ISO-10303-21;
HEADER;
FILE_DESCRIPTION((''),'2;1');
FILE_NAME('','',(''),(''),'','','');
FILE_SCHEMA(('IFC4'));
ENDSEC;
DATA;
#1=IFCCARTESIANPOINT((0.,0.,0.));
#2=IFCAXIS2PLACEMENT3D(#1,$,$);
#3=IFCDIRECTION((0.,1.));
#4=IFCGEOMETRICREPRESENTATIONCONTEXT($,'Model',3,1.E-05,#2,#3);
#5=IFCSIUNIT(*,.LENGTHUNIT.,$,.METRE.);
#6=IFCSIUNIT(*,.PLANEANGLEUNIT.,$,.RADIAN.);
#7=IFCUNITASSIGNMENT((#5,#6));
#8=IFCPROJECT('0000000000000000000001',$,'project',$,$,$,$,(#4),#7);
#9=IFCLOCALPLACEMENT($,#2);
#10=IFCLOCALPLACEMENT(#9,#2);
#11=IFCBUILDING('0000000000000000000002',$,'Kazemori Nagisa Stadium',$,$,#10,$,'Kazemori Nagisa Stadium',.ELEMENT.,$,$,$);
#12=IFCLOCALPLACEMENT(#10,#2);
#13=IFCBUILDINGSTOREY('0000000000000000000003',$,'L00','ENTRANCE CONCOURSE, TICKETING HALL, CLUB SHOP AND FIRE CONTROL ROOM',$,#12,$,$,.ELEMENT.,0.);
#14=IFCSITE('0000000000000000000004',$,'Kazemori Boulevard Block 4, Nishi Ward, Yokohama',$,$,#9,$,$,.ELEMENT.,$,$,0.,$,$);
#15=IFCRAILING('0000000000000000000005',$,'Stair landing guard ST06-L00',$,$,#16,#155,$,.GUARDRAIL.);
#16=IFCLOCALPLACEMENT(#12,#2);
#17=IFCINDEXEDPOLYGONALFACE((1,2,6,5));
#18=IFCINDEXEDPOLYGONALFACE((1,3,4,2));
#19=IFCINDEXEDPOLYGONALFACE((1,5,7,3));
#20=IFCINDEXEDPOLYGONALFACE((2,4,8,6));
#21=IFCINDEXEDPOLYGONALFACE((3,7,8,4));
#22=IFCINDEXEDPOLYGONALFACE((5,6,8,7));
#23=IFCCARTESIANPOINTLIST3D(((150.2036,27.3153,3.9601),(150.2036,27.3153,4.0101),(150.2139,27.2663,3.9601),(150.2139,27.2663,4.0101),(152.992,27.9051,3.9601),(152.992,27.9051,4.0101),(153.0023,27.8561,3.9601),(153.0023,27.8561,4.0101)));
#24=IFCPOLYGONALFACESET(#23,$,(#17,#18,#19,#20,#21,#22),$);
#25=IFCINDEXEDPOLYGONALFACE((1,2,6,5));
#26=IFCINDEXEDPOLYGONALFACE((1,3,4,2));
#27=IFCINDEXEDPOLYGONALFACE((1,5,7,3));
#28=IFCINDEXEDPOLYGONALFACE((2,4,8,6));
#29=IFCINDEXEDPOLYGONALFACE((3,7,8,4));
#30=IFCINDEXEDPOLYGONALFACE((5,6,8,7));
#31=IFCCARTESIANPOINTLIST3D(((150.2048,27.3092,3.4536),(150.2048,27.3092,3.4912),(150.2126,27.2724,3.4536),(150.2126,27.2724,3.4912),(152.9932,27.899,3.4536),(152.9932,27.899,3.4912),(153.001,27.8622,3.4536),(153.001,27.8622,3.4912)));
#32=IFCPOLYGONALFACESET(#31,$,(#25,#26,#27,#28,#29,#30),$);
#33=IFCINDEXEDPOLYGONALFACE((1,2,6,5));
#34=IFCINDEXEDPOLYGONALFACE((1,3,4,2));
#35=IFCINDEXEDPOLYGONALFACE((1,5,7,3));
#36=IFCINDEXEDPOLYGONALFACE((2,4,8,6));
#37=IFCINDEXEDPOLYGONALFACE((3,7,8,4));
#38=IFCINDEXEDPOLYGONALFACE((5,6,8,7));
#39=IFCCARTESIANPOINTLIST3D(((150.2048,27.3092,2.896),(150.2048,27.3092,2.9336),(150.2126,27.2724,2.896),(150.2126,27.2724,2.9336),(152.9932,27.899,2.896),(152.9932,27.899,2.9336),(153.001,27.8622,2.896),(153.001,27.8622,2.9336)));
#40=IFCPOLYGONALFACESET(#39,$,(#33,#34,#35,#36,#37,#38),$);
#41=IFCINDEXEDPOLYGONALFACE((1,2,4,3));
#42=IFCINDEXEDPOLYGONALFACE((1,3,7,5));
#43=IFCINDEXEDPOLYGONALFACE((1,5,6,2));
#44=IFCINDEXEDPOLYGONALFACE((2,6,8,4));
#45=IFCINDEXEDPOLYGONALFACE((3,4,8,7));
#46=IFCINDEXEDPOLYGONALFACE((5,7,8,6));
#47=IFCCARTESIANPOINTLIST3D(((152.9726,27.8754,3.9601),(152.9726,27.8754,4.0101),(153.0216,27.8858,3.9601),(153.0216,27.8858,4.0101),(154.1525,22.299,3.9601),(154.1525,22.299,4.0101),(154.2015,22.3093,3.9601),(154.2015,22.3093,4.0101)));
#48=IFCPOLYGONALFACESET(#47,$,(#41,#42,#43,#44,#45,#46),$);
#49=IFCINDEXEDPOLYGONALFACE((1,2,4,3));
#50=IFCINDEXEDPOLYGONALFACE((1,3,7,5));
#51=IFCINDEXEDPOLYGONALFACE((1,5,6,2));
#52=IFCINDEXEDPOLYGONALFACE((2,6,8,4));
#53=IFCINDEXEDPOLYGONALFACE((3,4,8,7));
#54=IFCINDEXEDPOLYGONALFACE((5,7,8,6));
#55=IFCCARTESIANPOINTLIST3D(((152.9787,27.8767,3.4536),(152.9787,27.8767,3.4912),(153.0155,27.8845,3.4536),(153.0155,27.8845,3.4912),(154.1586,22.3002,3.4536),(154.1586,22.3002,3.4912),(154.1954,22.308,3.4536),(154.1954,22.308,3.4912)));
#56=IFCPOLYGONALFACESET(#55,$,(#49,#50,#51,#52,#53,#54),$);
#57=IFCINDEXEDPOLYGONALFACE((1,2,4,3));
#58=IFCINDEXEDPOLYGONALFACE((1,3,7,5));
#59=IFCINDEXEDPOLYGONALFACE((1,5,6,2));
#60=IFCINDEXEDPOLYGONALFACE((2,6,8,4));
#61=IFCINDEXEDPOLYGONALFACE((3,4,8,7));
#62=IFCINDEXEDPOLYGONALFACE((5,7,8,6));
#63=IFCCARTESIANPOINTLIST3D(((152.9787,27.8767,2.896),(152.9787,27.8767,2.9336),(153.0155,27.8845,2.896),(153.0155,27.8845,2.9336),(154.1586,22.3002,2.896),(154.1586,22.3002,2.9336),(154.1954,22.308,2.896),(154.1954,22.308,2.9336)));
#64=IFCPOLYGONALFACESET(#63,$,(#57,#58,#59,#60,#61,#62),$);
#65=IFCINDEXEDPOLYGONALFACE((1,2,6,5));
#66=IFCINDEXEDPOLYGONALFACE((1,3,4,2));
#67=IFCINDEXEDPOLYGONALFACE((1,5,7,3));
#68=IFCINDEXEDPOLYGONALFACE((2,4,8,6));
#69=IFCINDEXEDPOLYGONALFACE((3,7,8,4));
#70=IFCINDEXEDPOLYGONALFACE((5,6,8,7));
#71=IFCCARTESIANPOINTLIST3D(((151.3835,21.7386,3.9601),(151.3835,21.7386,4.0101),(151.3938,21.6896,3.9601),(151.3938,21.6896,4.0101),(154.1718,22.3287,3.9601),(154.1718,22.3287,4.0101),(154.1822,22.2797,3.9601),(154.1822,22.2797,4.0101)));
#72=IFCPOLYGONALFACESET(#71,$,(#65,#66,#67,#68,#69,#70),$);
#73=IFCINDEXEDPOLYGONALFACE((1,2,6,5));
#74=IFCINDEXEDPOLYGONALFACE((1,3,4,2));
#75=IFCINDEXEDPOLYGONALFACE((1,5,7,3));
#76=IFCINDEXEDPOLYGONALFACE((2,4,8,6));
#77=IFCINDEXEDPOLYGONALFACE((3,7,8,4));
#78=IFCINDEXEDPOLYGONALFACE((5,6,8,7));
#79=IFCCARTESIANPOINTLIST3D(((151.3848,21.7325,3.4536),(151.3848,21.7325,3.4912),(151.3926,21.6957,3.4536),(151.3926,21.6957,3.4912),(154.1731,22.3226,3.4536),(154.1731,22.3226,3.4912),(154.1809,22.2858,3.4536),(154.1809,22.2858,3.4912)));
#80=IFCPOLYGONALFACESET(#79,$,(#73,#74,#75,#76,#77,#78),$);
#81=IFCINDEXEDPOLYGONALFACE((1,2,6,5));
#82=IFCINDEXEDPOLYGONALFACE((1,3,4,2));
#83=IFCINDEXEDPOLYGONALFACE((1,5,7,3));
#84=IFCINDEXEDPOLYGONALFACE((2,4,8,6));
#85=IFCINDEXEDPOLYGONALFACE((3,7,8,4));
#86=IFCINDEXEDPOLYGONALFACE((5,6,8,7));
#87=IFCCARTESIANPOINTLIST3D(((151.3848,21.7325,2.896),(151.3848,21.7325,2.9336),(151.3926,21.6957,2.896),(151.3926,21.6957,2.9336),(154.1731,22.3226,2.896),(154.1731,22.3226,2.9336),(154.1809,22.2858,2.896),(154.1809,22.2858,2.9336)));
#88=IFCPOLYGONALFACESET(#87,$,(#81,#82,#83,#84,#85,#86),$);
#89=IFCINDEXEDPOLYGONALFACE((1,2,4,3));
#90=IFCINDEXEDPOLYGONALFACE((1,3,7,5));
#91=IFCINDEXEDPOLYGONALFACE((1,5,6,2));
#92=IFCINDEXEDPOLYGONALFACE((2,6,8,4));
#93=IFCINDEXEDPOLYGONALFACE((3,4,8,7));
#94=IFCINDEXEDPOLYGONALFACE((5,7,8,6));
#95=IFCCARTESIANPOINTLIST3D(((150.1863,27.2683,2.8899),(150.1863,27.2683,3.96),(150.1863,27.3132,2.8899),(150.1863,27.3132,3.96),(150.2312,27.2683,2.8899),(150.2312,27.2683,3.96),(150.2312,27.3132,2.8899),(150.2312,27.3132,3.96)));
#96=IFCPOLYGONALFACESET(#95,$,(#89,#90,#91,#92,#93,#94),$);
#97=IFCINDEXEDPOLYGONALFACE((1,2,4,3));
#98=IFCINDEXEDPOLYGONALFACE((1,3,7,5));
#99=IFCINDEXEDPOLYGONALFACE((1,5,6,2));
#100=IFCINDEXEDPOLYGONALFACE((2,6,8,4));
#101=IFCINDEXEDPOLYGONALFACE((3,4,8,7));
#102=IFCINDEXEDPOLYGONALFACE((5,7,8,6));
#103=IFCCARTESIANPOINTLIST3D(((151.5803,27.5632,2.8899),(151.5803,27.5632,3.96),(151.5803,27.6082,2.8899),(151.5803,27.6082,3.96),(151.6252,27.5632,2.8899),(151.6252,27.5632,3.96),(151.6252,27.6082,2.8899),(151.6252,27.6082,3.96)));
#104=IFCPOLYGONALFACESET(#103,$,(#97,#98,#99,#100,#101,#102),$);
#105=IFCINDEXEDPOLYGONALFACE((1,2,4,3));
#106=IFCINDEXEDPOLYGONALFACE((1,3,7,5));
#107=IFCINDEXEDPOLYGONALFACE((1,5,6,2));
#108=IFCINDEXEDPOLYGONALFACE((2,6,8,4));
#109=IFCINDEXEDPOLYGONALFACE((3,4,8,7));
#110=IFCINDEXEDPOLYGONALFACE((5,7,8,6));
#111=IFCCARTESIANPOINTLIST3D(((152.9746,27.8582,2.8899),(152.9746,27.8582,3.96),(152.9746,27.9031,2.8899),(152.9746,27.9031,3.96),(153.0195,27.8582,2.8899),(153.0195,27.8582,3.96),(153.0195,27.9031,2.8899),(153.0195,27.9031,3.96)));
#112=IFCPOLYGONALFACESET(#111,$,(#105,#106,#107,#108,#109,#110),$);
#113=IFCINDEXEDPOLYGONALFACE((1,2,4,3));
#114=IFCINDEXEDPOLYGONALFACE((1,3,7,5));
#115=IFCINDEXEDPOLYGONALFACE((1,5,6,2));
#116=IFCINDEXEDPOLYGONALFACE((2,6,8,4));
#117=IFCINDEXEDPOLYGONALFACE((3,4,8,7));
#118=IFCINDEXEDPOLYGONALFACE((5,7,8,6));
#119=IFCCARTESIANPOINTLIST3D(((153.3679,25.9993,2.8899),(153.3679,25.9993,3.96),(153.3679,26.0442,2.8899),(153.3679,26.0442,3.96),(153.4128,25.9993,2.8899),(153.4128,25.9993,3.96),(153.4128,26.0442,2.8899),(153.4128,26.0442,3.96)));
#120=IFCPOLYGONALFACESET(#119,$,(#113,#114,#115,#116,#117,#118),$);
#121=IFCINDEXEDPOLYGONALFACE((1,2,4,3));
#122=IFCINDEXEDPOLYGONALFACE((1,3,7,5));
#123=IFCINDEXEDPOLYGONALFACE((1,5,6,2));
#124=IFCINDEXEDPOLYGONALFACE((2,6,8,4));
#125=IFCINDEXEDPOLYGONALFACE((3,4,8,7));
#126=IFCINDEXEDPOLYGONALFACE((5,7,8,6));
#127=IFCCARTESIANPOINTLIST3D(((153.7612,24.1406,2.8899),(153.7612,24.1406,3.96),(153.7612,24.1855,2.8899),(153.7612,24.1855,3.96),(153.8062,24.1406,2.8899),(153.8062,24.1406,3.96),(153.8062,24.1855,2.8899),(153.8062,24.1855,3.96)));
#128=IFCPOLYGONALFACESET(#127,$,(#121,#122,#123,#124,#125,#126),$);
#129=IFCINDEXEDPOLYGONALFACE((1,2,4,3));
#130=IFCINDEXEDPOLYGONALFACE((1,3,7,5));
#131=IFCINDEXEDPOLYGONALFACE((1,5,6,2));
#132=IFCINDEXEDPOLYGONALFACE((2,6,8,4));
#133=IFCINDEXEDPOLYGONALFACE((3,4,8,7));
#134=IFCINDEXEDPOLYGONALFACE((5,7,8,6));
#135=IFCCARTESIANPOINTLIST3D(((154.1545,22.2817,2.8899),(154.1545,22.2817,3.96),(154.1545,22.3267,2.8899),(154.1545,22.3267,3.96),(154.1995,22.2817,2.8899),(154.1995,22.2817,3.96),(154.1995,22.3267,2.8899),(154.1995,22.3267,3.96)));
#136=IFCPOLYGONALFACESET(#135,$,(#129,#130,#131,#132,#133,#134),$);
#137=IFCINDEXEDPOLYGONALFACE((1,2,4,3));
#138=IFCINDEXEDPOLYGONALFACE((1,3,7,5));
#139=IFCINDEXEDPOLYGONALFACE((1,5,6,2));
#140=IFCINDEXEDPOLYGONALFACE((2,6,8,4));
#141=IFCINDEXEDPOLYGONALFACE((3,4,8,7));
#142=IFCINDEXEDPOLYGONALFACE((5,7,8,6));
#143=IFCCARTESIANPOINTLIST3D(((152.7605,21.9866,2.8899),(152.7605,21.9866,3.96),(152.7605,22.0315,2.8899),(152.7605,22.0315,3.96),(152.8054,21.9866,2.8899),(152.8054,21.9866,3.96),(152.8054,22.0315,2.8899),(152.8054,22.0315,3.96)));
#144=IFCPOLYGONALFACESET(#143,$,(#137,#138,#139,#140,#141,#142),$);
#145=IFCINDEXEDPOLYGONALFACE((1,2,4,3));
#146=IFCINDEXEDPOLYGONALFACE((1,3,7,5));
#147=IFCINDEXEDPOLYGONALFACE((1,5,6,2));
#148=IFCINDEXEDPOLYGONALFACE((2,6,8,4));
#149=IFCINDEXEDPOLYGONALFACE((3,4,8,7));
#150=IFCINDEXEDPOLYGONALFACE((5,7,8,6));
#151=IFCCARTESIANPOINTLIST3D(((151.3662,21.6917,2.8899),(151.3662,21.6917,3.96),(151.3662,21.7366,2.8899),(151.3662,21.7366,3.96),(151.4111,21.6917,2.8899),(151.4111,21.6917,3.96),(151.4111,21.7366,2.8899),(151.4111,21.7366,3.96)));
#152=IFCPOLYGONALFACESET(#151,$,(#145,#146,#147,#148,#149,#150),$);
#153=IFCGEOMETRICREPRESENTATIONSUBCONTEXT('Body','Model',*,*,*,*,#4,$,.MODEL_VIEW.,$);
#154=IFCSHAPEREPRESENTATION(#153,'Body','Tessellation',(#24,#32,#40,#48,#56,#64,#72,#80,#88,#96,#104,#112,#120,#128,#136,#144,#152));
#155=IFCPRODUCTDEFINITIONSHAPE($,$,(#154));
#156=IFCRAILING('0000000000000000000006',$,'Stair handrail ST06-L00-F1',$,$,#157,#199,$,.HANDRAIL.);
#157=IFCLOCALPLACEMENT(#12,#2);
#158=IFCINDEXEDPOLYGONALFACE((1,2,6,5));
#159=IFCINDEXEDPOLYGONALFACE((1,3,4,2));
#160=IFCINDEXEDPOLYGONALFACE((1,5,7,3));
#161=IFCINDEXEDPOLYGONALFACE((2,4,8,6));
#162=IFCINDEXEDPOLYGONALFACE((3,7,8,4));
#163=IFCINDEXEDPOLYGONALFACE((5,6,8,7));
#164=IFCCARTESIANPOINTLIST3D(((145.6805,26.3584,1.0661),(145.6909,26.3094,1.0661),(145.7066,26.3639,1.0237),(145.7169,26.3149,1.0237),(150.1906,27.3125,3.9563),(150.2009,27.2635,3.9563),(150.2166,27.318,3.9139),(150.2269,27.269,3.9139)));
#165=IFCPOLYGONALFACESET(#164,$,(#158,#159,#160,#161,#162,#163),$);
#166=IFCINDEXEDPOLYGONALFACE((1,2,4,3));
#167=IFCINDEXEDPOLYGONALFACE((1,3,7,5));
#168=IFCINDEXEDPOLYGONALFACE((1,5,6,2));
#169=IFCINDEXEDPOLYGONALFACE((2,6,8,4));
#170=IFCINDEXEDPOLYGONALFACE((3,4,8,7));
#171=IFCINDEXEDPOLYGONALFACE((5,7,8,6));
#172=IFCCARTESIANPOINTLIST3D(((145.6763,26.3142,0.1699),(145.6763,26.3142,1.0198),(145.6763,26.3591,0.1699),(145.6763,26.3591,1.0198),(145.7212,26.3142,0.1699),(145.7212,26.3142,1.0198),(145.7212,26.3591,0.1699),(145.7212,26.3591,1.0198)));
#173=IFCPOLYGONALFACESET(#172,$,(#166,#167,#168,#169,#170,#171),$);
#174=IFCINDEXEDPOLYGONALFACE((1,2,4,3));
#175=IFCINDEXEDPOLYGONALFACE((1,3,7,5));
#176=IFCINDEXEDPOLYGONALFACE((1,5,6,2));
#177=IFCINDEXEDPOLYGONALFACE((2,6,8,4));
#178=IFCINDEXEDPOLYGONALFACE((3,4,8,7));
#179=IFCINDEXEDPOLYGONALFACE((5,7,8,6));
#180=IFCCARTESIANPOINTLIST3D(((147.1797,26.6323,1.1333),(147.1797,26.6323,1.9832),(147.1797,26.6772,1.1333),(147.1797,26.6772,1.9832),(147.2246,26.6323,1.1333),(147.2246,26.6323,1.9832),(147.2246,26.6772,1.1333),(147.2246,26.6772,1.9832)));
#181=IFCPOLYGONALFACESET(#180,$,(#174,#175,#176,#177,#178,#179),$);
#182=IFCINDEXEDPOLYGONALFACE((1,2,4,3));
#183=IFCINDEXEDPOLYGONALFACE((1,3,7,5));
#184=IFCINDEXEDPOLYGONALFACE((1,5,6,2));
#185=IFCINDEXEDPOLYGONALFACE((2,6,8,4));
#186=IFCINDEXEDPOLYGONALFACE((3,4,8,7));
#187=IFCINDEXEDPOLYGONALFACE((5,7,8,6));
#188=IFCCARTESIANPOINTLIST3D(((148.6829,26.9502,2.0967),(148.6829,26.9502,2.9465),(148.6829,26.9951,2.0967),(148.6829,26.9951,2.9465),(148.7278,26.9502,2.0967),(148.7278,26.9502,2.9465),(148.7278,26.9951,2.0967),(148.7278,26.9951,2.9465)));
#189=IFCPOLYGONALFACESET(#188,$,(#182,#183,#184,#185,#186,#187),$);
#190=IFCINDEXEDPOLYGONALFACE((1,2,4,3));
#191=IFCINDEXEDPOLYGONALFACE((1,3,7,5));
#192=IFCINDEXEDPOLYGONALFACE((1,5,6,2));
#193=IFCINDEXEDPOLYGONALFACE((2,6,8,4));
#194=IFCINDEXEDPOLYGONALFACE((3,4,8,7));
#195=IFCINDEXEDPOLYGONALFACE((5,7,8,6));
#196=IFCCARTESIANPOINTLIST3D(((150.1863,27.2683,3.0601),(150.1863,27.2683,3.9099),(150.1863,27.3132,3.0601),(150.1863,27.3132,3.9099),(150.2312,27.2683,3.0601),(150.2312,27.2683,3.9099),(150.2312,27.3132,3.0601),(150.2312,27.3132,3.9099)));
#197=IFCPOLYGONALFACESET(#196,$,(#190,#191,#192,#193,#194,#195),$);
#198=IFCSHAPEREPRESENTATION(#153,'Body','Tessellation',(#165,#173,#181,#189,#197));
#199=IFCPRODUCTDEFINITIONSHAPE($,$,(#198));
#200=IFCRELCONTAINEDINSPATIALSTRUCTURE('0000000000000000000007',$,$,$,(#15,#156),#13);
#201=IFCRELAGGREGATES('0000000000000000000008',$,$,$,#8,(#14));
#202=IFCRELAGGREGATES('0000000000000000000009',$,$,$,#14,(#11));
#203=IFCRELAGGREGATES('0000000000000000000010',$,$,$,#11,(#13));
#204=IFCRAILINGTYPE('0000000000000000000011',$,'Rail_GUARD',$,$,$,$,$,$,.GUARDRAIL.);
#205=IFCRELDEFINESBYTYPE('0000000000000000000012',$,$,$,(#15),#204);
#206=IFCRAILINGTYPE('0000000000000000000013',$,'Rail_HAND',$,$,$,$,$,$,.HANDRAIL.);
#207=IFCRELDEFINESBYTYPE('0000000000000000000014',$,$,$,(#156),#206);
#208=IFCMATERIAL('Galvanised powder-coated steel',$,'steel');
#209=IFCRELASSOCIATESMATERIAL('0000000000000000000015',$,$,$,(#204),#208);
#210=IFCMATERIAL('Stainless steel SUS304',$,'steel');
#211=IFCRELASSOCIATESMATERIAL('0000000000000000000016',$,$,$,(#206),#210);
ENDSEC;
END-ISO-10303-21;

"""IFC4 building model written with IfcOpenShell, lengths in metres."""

from ifc_helpers import new_model, si_unit, direction, frame, origin, origin_2d, place, context, subcontext, project, spatial, rectangle, extrude, material, type_object, element, save


model = new_model("IFC4")

# Units and contexts
model_context = context("Model", 3, precision=1e-05, world=origin(), true_north=direction((0.0, 1.0)))
body_context = subcontext(model_context, "Body", "Model", "MODEL_VIEW")
ifc_project = project(units=[si_unit("LENGTHUNIT", "METRE"), si_unit("PLANEANGLEUNIT", "RADIAN")], contexts=[model_context])

# Site, building, storey
site_placement = place(None, origin())
site = spatial("IfcSite", under=ifc_project, at=site_placement, Name="Kazemori Boulevard Block 4, Nishi Ward, Yokohama", CompositionType="ELEMENT", RefElevation=0.0)
building_placement = place(site_placement, origin())
building = spatial("IfcBuilding", under=site, at=building_placement, Name="Kazemori Nagisa Stadium", LongName="Kazemori Nagisa Stadium", CompositionType="ELEMENT")
storey_placement = place(building_placement, origin())
storey = spatial("IfcBuildingStorey", under=building, at=storey_placement, Name="L00", Description="ENTRANCE CONCOURSE, TICKETING HALL, CLUB SHOP AND FIRE CONTROL ROOM", CompositionType="ELEMENT", Elevation=0.0)

# Shared definitions
ifc_material_1 = material(Name="Stainless steel SUS304", Category="steel")

# Railings
ifc_material_2 = material(Name="Galvanised powder-coated steel", Category="steel")
railing_type_1 = type_object("IfcRailingType", Name="Rail_GUARD", PredefinedType="GUARDRAIL", material=ifc_material_2)
railing_1_placement = place(storey_placement, frame((150.2087, 27.2908, 2.8899)))
element("IfcRailing", 1, at=railing_1_placement, inside=storey, type_object=railing_type_1, Name="Stair landing guard ST06-L00", PredefinedType="GUARDRAIL", context=body_context, shape_type="SweptSolid", body=[
    extrude(rectangle(XDim=0.05, YDim=0.05, at=origin_2d()), frame((0.0, 0.0, 1.0952), z_axis=(0.978349, 0.20696, 0.0), x_axis=(-0.20696, 0.978349, 0.0)), (0.0, 0.0, 1.0), 2.8501),
    extrude(rectangle(XDim=0.0376, YDim=0.0376, at=origin_2d()), frame((0.0, 0.0, 0.5825), z_axis=(0.978349, 0.20696, 0.0), x_axis=(-0.20696, 0.978349, 0.0)), (0.0, 0.0, 1.0), 2.8501),
    extrude(rectangle(XDim=0.0376, YDim=0.0376, at=origin_2d()), frame((0.0, 0.0, 0.0249), z_axis=(0.978349, 0.20696, 0.0), x_axis=(-0.20696, 0.978349, 0.0)), (0.0, 0.0, 1.0), 2.8501),
    extrude(rectangle(XDim=0.05, YDim=0.05, at=origin_2d()), frame((2.7883, 0.5898, 1.0952), z_axis=(0.20701, -0.978339, 0.0), x_axis=(0.978339, 0.20701, 0.0)), (0.0, 0.0, 1.0), 5.7),
    extrude(rectangle(XDim=0.0376, YDim=0.0376, at=origin_2d()), frame((2.7883, 0.5898, 0.5825), z_axis=(0.20701, -0.978339, 0.0), x_axis=(0.978339, 0.20701, 0.0)), (0.0, 0.0, 1.0), 5.7),
    extrude(rectangle(XDim=0.0376, YDim=0.0376, at=origin_2d()), frame((2.7883, 0.5898, 0.0249), z_axis=(0.20701, -0.978339, 0.0), x_axis=(0.978339, 0.20701, 0.0)), (0.0, 0.0, 1.0), 5.7),
    extrude(rectangle(XDim=0.05, YDim=0.05, at=origin_2d()), frame((3.9683, -4.9866, 1.0952), z_axis=(-0.978332, -0.207042, 0.0), x_axis=(0.207042, -0.978332, 0.0)), (0.0, 0.0, 1.0), 2.8501),
    extrude(rectangle(XDim=0.0376, YDim=0.0376, at=origin_2d()), frame((3.9683, -4.9866, 0.5825), z_axis=(-0.978332, -0.207042, 0.0), x_axis=(0.207042, -0.978332, 0.0)), (0.0, 0.0, 1.0), 2.8501),
    extrude(rectangle(XDim=0.0376, YDim=0.0376, at=origin_2d()), frame((3.9683, -4.9866, 0.0249), z_axis=(-0.978332, -0.207042, 0.0), x_axis=(0.207042, -0.978332, 0.0)), (0.0, 0.0, 1.0), 2.8501),
    extrude(rectangle(XDim=0.0449, YDim=0.0449, at=origin_2d()), origin(), (0.0, 0.0, 1.0), 1.0701),
    extrude(rectangle(XDim=0.0449, YDim=0.0449, at=origin_2d()), frame((1.394, 0.2949, 0.0)), (0.0, 0.0, 1.0), 1.0701),
    extrude(rectangle(XDim=0.0449, YDim=0.0449, at=origin_2d()), frame((2.7883, 0.5898, 0.0)), (0.0, 0.0, 1.0), 1.0701),
    extrude(rectangle(XDim=0.0449, YDim=0.0449, at=origin_2d()), frame((3.1816, -1.269, 0.0)), (0.0, 0.0, 1.0), 1.0701),
    extrude(rectangle(XDim=0.0449, YDim=0.0449, at=origin_2d()), frame((3.575, -3.1277, 0.0)), (0.0, 0.0, 1.0), 1.0701),
    extrude(rectangle(XDim=0.0449, YDim=0.0449, at=origin_2d()), frame((3.9683, -4.9866, 0.0)), (0.0, 0.0, 1.0), 1.0701),
    extrude(rectangle(XDim=0.0449, YDim=0.0449, at=origin_2d()), frame((2.5742, -5.2817, 0.0)), (0.0, 0.0, 1.0), 1.0701),
    extrude(rectangle(XDim=0.0449, YDim=0.0449, at=origin_2d()), frame((1.1799, -5.5767, 0.0)), (0.0, 0.0, 1.0), 1.0701),
])
railing_type_2 = type_object("IfcRailingType", Name="Rail_HAND", PredefinedType="HANDRAIL", material=ifc_material_1)
railing_2_placement = place(storey_placement, frame((145.6987, 26.3367, 0.1699)))
element("IfcRailing", 2, at=railing_2_placement, inside=storey, type_object=railing_type_2, Name="Stair handrail ST06-L00-F1", PredefinedType="HANDRAIL", context=body_context, shape_type="SweptSolid", body=[
    extrude(rectangle(XDim=0.05, YDim=0.05, at=origin_2d()), frame((0.0, 0.0, 0.875), z_axis=(0.828909, 0.175357, 0.531187), x_axis=(-0.206971, 0.978347, 0.0)), (0.0, 0.0, 1.0), 5.4409),
    extrude(rectangle(XDim=0.0449, YDim=0.0449, at=origin_2d()), origin(), (0.0, 0.0, 1.0), 0.8499),
    extrude(rectangle(XDim=0.0449, YDim=0.0449, at=origin_2d()), frame((1.5034, 0.3181, 0.9634)), (0.0, 0.0, 1.0), 0.8499),
    extrude(rectangle(XDim=0.0449, YDim=0.0449, at=origin_2d()), frame((3.0066, 0.636, 1.9268)), (0.0, 0.0, 1.0), 0.8499),
    extrude(rectangle(XDim=0.0449, YDim=0.0449, at=origin_2d()), frame((4.51, 0.9541, 2.8901)), (0.0, 0.0, 1.0), 0.8499),
])

save(model, "model.ifc")
